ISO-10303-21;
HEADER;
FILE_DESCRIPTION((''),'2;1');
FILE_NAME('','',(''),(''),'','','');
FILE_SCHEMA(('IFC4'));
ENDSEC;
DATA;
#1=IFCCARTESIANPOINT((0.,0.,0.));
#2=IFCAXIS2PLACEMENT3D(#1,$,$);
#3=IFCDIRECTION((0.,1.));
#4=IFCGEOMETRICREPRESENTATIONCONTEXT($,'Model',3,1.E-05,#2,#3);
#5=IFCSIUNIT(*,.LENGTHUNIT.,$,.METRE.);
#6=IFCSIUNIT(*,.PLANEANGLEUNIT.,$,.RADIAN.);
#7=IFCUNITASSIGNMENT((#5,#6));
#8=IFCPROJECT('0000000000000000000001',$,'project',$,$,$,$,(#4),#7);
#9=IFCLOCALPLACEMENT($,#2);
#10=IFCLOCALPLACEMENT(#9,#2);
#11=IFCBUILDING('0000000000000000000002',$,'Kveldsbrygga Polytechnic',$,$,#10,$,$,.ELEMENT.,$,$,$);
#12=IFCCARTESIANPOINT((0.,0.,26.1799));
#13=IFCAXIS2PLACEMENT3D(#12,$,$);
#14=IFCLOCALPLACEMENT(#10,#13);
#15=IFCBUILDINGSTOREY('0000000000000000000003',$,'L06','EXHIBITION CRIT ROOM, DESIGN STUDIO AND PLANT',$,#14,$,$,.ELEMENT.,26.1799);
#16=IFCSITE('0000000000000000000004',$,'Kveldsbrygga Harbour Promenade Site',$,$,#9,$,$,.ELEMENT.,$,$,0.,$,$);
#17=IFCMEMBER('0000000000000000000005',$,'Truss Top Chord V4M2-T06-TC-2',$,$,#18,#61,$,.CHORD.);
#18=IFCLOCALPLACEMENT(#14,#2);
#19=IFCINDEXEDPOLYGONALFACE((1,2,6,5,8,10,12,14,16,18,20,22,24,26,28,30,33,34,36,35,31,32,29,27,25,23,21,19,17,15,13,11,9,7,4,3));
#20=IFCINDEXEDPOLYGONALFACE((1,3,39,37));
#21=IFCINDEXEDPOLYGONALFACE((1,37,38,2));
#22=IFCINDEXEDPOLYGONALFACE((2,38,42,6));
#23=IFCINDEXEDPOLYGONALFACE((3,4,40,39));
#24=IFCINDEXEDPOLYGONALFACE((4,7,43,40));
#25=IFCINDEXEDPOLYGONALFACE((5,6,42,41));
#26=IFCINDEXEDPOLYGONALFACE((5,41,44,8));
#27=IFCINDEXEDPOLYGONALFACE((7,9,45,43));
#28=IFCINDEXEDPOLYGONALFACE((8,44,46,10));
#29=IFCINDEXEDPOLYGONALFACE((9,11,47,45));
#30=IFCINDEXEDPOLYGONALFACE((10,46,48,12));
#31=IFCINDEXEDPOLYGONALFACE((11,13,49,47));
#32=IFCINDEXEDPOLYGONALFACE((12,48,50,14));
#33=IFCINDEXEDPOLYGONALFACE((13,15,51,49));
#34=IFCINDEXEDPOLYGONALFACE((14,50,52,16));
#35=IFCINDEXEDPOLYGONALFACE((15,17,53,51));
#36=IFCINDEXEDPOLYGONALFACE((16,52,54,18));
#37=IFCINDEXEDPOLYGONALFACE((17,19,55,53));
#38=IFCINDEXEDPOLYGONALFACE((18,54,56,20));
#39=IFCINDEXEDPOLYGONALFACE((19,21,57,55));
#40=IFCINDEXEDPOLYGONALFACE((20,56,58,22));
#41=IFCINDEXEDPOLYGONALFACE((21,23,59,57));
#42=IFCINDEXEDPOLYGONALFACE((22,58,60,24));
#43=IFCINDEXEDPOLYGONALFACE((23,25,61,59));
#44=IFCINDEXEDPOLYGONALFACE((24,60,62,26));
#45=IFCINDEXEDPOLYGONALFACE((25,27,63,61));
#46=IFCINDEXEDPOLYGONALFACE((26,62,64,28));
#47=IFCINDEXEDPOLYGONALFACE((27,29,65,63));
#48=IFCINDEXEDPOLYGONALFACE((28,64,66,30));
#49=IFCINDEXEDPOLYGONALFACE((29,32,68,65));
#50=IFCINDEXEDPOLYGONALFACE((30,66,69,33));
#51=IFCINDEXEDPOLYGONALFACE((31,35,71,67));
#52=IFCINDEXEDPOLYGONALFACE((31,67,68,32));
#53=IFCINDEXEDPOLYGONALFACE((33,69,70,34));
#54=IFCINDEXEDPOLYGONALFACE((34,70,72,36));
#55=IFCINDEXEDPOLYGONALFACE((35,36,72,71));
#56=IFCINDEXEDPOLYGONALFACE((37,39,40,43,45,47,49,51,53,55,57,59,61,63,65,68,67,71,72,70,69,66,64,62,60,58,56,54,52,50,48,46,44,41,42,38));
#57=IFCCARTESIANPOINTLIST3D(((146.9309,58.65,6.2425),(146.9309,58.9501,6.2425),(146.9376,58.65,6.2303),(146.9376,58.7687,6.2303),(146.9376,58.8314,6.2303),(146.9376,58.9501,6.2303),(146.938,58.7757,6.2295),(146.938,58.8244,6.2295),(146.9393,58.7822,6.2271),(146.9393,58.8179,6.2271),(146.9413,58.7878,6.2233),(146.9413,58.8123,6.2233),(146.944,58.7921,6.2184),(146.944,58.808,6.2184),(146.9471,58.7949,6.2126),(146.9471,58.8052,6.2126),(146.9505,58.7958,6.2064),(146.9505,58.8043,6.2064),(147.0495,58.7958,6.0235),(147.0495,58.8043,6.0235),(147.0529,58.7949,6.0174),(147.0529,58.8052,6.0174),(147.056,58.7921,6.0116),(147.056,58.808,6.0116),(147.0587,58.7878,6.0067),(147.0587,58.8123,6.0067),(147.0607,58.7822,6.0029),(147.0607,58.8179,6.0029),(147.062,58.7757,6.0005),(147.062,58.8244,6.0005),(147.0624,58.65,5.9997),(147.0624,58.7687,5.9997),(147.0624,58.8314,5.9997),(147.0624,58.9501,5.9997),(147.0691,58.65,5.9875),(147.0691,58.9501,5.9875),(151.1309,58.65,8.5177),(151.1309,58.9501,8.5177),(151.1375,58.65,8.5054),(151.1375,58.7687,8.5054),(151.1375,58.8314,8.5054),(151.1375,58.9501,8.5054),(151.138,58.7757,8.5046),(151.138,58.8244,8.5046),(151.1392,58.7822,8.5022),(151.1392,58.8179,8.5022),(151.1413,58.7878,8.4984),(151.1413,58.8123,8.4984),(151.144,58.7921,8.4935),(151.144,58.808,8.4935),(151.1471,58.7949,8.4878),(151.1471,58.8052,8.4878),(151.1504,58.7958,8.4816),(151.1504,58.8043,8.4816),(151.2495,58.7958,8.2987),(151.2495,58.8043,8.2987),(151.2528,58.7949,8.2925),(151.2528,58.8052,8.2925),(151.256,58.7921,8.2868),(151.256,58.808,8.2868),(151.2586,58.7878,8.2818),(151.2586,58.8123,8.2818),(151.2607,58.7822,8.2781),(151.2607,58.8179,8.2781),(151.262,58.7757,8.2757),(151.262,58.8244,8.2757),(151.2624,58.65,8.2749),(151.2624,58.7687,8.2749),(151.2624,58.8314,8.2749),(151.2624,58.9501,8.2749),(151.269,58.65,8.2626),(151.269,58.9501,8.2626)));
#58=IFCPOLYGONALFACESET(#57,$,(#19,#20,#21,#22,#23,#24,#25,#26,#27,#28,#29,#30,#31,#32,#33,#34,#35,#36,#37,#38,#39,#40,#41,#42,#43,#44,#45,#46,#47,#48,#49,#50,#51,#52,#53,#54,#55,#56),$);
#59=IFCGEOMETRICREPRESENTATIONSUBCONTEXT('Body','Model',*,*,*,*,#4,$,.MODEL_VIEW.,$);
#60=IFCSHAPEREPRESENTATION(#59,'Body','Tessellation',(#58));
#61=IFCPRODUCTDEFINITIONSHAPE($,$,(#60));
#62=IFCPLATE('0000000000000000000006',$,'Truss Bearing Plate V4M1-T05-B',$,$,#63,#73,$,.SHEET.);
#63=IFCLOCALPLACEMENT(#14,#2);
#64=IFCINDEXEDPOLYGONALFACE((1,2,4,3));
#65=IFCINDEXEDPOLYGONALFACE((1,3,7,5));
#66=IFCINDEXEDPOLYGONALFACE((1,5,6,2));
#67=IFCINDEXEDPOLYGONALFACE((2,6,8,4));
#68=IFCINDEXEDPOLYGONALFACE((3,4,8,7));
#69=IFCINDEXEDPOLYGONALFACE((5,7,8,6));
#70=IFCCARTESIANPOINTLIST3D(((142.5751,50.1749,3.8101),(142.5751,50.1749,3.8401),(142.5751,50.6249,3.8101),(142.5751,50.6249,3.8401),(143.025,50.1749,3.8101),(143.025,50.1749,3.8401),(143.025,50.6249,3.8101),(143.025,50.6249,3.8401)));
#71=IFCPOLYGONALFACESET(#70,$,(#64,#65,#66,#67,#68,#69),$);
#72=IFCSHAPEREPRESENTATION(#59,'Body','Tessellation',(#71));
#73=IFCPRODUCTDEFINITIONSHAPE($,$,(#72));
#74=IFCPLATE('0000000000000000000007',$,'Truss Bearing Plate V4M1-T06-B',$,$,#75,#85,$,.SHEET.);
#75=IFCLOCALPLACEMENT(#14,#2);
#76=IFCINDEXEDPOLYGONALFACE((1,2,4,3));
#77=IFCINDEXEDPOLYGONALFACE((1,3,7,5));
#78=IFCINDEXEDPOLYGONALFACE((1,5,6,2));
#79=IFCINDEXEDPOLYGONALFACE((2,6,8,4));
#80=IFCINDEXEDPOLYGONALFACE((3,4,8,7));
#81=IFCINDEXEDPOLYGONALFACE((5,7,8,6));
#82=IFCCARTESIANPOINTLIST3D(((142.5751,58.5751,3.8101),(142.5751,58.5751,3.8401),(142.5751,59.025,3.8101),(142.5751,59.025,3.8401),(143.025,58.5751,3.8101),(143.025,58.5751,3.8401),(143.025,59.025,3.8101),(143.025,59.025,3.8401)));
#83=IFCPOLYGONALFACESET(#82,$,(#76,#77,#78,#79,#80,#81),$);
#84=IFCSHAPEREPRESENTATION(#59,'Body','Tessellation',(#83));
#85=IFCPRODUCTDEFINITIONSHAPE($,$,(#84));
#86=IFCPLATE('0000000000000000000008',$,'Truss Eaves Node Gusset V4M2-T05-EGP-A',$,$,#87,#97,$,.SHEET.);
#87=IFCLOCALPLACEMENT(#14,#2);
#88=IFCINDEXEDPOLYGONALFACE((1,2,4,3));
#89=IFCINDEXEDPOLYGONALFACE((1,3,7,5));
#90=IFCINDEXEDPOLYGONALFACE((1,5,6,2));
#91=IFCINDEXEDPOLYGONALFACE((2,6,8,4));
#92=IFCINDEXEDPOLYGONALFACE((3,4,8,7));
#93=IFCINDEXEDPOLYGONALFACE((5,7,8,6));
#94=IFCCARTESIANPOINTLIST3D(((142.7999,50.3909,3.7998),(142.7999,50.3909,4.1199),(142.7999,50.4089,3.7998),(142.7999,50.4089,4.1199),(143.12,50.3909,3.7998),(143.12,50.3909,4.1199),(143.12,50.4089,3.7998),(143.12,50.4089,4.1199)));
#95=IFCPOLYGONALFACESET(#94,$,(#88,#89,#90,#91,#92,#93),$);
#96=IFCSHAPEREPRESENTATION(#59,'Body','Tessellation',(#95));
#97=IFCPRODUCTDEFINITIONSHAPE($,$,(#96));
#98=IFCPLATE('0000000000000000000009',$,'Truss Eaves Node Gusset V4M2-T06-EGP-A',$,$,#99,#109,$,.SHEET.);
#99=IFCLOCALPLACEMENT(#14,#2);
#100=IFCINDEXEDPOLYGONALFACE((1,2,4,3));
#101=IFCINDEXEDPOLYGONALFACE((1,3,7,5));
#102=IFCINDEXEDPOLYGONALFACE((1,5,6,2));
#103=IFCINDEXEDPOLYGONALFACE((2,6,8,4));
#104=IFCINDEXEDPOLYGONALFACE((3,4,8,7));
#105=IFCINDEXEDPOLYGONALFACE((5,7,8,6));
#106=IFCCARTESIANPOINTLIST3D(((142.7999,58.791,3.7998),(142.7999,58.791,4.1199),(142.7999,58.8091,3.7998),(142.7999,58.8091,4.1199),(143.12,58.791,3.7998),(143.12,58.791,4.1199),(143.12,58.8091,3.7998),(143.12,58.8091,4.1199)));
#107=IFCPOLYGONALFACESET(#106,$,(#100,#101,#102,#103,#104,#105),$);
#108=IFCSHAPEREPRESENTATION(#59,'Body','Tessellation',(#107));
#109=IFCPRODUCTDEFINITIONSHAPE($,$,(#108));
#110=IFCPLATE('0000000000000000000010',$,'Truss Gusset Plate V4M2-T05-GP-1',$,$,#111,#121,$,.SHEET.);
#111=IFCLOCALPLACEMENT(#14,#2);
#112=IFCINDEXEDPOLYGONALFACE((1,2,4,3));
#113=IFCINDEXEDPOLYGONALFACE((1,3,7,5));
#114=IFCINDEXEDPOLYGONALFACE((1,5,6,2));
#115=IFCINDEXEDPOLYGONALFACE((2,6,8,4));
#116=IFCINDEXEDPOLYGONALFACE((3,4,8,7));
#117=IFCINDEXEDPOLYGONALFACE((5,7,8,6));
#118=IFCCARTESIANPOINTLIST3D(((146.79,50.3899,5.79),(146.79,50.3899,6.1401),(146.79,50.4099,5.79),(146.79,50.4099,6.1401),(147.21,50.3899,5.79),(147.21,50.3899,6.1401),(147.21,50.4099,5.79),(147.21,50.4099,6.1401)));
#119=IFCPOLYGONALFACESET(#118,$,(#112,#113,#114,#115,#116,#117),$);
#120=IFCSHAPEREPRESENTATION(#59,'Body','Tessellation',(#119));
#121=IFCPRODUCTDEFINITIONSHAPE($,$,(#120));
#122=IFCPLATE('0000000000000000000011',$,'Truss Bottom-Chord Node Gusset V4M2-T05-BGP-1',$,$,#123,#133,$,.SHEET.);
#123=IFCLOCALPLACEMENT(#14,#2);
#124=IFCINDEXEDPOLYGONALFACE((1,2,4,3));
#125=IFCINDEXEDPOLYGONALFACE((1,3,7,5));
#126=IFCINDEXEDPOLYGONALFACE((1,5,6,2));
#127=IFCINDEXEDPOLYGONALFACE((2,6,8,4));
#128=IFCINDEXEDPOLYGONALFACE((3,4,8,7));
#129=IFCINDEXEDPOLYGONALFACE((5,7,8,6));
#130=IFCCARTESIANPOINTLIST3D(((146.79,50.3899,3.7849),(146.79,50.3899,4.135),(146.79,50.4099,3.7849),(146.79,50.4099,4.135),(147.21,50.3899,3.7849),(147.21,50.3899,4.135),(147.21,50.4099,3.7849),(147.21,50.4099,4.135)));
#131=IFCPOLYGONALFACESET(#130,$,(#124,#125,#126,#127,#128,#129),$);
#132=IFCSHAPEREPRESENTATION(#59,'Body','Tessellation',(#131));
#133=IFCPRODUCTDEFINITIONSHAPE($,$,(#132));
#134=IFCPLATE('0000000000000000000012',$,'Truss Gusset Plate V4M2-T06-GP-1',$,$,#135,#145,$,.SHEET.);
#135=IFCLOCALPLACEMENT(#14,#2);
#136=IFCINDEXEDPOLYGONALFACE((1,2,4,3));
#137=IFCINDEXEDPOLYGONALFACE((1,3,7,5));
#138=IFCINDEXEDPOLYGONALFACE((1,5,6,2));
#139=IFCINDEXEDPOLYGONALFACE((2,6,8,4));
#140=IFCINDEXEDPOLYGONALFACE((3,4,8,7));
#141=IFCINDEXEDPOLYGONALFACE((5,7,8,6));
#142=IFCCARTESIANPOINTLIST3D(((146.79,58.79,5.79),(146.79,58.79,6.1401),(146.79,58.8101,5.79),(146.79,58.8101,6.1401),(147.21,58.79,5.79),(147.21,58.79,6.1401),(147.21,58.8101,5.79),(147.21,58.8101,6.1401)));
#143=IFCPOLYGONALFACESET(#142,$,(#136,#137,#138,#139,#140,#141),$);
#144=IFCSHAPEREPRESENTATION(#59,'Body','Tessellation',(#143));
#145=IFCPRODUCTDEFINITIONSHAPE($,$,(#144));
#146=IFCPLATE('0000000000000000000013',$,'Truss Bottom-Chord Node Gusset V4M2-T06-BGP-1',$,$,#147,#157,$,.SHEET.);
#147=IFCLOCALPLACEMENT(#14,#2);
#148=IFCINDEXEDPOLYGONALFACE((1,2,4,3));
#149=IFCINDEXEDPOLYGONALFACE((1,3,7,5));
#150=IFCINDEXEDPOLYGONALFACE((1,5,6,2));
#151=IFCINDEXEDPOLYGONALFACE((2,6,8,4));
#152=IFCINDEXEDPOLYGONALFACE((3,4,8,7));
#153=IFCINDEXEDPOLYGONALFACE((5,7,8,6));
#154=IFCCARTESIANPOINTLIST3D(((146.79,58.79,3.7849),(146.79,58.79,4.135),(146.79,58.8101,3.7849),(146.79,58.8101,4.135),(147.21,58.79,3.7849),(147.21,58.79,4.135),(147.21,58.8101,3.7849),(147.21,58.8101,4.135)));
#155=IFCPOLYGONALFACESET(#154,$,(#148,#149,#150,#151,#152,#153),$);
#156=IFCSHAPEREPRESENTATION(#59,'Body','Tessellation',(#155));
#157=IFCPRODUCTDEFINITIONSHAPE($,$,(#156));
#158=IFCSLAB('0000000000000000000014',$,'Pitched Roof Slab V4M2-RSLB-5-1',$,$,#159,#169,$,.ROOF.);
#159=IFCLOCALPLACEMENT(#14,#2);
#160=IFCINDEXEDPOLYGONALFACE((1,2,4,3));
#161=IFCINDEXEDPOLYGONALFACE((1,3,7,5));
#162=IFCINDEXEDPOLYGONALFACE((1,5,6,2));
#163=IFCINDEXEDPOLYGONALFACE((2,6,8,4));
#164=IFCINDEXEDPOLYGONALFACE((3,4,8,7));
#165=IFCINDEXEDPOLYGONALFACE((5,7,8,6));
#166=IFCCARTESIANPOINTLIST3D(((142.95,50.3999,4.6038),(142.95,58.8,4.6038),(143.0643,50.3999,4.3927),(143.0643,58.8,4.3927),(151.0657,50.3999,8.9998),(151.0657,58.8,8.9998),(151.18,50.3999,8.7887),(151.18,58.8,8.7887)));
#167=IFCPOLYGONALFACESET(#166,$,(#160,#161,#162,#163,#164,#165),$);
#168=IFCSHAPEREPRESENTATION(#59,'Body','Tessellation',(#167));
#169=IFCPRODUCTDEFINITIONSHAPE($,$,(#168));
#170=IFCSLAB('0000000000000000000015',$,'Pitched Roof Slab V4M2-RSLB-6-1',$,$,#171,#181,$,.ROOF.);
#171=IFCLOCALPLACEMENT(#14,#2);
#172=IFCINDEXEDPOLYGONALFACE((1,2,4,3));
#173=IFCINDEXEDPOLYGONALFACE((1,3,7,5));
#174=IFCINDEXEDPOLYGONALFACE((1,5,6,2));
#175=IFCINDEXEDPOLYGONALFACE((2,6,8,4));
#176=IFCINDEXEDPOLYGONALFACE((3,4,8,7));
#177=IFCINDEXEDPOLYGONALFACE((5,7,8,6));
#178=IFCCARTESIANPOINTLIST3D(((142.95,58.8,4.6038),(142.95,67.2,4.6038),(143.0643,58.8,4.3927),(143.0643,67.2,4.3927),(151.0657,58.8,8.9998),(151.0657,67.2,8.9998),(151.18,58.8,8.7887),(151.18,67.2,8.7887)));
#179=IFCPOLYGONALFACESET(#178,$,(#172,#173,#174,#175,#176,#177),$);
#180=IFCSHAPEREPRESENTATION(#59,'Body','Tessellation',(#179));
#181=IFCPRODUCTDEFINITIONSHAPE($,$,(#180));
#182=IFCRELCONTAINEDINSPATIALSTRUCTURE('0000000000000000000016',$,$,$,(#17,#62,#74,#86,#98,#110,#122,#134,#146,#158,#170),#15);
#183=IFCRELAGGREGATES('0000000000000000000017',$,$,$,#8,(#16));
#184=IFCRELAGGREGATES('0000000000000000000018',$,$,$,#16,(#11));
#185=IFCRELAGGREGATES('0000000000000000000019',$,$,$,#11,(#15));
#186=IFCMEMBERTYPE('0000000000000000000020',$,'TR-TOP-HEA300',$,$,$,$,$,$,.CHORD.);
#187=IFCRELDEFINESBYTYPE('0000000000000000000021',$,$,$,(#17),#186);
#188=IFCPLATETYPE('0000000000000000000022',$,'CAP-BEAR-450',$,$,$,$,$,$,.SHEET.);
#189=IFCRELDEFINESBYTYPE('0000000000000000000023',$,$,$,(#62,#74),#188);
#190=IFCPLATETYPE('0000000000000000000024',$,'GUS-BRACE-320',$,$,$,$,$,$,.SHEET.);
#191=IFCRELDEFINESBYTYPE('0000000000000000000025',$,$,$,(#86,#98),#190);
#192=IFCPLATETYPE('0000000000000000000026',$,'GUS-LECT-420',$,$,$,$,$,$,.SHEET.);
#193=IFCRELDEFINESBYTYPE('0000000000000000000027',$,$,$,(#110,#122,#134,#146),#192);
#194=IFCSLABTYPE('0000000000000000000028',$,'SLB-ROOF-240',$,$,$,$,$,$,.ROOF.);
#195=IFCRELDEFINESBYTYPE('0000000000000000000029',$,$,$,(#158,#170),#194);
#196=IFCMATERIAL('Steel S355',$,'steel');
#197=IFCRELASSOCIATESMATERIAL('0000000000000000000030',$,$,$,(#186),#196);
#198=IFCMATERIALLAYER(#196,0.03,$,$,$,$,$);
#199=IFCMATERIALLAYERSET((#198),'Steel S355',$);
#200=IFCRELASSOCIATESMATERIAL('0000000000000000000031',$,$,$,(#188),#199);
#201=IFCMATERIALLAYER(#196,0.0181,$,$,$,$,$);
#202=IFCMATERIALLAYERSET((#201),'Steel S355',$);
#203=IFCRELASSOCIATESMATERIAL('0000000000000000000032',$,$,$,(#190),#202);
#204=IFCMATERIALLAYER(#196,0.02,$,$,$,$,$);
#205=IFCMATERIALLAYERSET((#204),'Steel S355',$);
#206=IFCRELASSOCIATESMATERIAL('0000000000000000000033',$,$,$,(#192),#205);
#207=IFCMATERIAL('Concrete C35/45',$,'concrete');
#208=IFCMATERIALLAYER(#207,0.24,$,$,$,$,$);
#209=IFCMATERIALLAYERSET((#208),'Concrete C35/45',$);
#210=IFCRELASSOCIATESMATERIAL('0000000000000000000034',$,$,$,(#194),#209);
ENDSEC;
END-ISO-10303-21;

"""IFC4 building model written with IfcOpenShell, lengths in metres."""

from ifc_helpers import new_model, si_unit, direction, frame, origin, origin_2d, place, context, subcontext, project, spatial, polyline, rectangle, i_section, outline, extrude, material, layer, layer_set, material_profile, profile_set, type_object, element, save


model = new_model("IFC4")

# Units and contexts
model_context = context("Model", 3, precision=1e-05, world=origin(), true_north=direction((0.0, 1.0)))
body_context = subcontext(model_context, "Body", "Model", "MODEL_VIEW")
ifc_project = project(units=[si_unit("LENGTHUNIT", "METRE"), si_unit("PLANEANGLEUNIT", "RADIAN")], contexts=[model_context])

# Site, building, storey
site_placement = place(None, origin())
site = spatial("IfcSite", under=ifc_project, at=site_placement, Name="Kveldsbrygga Harbour Promenade Site", CompositionType="ELEMENT", RefElevation=0.0)
building_placement = place(site_placement, origin())
building = spatial("IfcBuilding", under=site, at=building_placement, Name="Kveldsbrygga Polytechnic", CompositionType="ELEMENT")
storey_placement = place(building_placement, frame((0.0, 0.0, 26.1799)))
storey = spatial("IfcBuildingStorey", under=building, at=storey_placement, Name="L06", Description="EXHIBITION CRIT ROOM, DESIGN STUDIO AND PLANT", CompositionType="ELEMENT", Elevation=26.1799)

# Shared definitions
ifc_material_1 = material(Name="Steel S355", Category="steel")

# Member
ifc_material_profile_1 = material_profile(ifc_material_1, i_section(OverallWidth=0.3, OverallDepth=0.29, WebThickness=0.0085, FlangeThickness=0.0139, FilletRadius=0.0271, at=origin_2d()), Name="HEA 300")
ifc_profile_set_1 = profile_set([ifc_material_profile_1], Name="Steel S355")
member_type_1 = type_object("IfcMemberType", Name="TR-TOP-HEA300", PredefinedType="CHORD", material=ifc_profile_set_1)
member_1_placement = place(storey_placement, frame((147.0, 58.8, 6.115), z_axis=(0.879277, 0.0, 0.476311), x_axis=(0.0, 1.0, 0.0)))
element("IfcMember", 1, at=member_1_placement, inside=storey, type_object=member_type_1, Name="Truss Top Chord V4M2-T06-TC-2", PredefinedType="CHORD", context=body_context, shape_type="SweptSolid", body=[
    extrude(i_section(OverallWidth=0.3, OverallDepth=0.29, WebThickness=0.0085, FlangeThickness=0.0139, FilletRadius=0.0271, at=origin_2d()), origin(), (0.0, 0.0, 1.0), 4.7766),
])

# Plates
ifc_layer_1 = layer(ifc_material_1, 0.03)
ifc_layer_set_1 = layer_set([ifc_layer_1], Name="Steel S355")
plate_type_1 = type_object("IfcPlateType", Name="CAP-BEAR-450", PredefinedType="SHEET", material=ifc_layer_set_1)
for number, where, z_axis, x_axis, name in (
    (2, (142.8, 50.3999, 3.8101), (0.0, 0.0, 1.0), (1.0, 0.0, 0.0), "Truss Bearing Plate V4M1-T05-B"),
    (3, (142.8, 58.8, 3.8101), (0.0, 0.0, 1.0), (1.0, 0.0, 0.0), "Truss Bearing Plate V4M1-T06-B"),
):
    element("IfcPlate", number, at=place(storey_placement, frame(where, z_axis=z_axis, x_axis=x_axis)), inside=storey, type_object=plate_type_1, Name=name, PredefinedType="SHEET", context=body_context, shape_type="SweptSolid", body=[
        extrude(rectangle(XDim=0.45, YDim=0.45, at=origin_2d()), origin(), (0.0, 0.0, 1.0), 0.03),
    ])
ifc_layer_2 = layer(ifc_material_1, 0.0181)
ifc_layer_set_2 = layer_set([ifc_layer_2], Name="Steel S355")
plate_type_2 = type_object("IfcPlateType", Name="GUS-BRACE-320", PredefinedType="SHEET", material=ifc_layer_set_2)
for number, where, z_axis, x_axis, name in (
    (4, (142.96, 50.3999, 3.7998), (0.0, 0.0, 1.0), (1.0, 0.0, 0.0), "Truss Eaves Node Gusset V4M2-T05-EGP-A"),
    (5, (142.96, 58.8, 3.7998), (0.0, 0.0, 1.0), (1.0, 0.0, 0.0), "Truss Eaves Node Gusset V4M2-T06-EGP-A"),
):
    element("IfcPlate", number, at=place(storey_placement, frame(where, z_axis=z_axis, x_axis=x_axis)), inside=storey, type_object=plate_type_2, Name=name, PredefinedType="SHEET", context=body_context, shape_type="SweptSolid", body=[
        extrude(rectangle(XDim=0.3201, YDim=0.0181, at=origin_2d()), origin(), (0.0, 0.0, 1.0), 0.3201),
    ])
ifc_layer_3 = layer(ifc_material_1, 0.02)
ifc_layer_set_3 = layer_set([ifc_layer_3], Name="Steel S355")
plate_type_3 = type_object("IfcPlateType", Name="GUS-LECT-420", PredefinedType="SHEET", material=ifc_layer_set_3)
for number, where, z_axis, x_axis, name in (
    (6, (147.0, 50.3999, 5.79), (0.0, 0.0, 1.0), (1.0, 0.0, 0.0), "Truss Gusset Plate V4M2-T05-GP-1"),
    (7, (147.0, 50.3999, 3.7849), (0.0, 0.0, 1.0), (1.0, 0.0, 0.0), "Truss Bottom-Chord Node Gusset V4M2-T05-BGP-1"),
    (8, (147.0, 58.8, 5.79), (0.0, 0.0, 1.0), (1.0, 0.0, 0.0), "Truss Gusset Plate V4M2-T06-GP-1"),
    (9, (147.0, 58.8, 3.7849), (0.0, 0.0, 1.0), (1.0, 0.0, 0.0), "Truss Bottom-Chord Node Gusset V4M2-T06-BGP-1"),
):
    element("IfcPlate", number, at=place(storey_placement, frame(where, z_axis=z_axis, x_axis=x_axis)), inside=storey, type_object=plate_type_3, Name=name, PredefinedType="SHEET", context=body_context, shape_type="SweptSolid", body=[
        extrude(rectangle(XDim=0.4199, YDim=0.02, at=origin_2d()), origin(), (0.0, 0.0, 1.0), 0.3501),
    ])

# Slabs
ifc_material_2 = material(Name="Concrete C35/45", Category="concrete")
ifc_layer_4 = layer(ifc_material_2, 0.24)
ifc_layer_set_4 = layer_set([ifc_layer_4], Name="Concrete C35/45")
slab_type = type_object("IfcSlabType", Name="SLB-ROOF-240", PredefinedType="ROOF", material=ifc_layer_set_4)
slab_1_placement = place(storey_placement, frame((142.95, 50.3999, 4.6038), z_axis=(-0.476281, 0.0, 0.879293), x_axis=(0.879293, 0.0, 0.476281)))
element("IfcSlab", 10, at=slab_1_placement, inside=storey, type_object=slab_type, Name="Pitched Roof Slab V4M2-RSLB-5-1", PredefinedType="ROOF", context=body_context, shape_type="SweptSolid", body=[
    extrude(outline(polyline([(0.0, 0.0), (9.2298, 0.0), (9.2298, 8.4001), (0.0, 8.4001), (0.0, 0.0)])), origin(), (0.0, 0.0, -1.0), 0.24),
])
slab_2_placement = place(storey_placement, frame((142.95, 58.8, 4.6038), z_axis=(-0.476281, 0.0, 0.879293), x_axis=(0.879293, 0.0, 0.476281)))
element("IfcSlab", 11, at=slab_2_placement, inside=storey, type_object=slab_type, Name="Pitched Roof Slab V4M2-RSLB-6-1", PredefinedType="ROOF", context=body_context, shape_type="SweptSolid", body=[
    extrude(outline(polyline([(0.0, 0.0), (9.2298, 0.0), (9.2298, 8.3999), (0.0, 8.3999), (0.0, 0.0)])), origin(), (0.0, 0.0, -1.0), 0.24),
])

save(model, "model.ifc")
